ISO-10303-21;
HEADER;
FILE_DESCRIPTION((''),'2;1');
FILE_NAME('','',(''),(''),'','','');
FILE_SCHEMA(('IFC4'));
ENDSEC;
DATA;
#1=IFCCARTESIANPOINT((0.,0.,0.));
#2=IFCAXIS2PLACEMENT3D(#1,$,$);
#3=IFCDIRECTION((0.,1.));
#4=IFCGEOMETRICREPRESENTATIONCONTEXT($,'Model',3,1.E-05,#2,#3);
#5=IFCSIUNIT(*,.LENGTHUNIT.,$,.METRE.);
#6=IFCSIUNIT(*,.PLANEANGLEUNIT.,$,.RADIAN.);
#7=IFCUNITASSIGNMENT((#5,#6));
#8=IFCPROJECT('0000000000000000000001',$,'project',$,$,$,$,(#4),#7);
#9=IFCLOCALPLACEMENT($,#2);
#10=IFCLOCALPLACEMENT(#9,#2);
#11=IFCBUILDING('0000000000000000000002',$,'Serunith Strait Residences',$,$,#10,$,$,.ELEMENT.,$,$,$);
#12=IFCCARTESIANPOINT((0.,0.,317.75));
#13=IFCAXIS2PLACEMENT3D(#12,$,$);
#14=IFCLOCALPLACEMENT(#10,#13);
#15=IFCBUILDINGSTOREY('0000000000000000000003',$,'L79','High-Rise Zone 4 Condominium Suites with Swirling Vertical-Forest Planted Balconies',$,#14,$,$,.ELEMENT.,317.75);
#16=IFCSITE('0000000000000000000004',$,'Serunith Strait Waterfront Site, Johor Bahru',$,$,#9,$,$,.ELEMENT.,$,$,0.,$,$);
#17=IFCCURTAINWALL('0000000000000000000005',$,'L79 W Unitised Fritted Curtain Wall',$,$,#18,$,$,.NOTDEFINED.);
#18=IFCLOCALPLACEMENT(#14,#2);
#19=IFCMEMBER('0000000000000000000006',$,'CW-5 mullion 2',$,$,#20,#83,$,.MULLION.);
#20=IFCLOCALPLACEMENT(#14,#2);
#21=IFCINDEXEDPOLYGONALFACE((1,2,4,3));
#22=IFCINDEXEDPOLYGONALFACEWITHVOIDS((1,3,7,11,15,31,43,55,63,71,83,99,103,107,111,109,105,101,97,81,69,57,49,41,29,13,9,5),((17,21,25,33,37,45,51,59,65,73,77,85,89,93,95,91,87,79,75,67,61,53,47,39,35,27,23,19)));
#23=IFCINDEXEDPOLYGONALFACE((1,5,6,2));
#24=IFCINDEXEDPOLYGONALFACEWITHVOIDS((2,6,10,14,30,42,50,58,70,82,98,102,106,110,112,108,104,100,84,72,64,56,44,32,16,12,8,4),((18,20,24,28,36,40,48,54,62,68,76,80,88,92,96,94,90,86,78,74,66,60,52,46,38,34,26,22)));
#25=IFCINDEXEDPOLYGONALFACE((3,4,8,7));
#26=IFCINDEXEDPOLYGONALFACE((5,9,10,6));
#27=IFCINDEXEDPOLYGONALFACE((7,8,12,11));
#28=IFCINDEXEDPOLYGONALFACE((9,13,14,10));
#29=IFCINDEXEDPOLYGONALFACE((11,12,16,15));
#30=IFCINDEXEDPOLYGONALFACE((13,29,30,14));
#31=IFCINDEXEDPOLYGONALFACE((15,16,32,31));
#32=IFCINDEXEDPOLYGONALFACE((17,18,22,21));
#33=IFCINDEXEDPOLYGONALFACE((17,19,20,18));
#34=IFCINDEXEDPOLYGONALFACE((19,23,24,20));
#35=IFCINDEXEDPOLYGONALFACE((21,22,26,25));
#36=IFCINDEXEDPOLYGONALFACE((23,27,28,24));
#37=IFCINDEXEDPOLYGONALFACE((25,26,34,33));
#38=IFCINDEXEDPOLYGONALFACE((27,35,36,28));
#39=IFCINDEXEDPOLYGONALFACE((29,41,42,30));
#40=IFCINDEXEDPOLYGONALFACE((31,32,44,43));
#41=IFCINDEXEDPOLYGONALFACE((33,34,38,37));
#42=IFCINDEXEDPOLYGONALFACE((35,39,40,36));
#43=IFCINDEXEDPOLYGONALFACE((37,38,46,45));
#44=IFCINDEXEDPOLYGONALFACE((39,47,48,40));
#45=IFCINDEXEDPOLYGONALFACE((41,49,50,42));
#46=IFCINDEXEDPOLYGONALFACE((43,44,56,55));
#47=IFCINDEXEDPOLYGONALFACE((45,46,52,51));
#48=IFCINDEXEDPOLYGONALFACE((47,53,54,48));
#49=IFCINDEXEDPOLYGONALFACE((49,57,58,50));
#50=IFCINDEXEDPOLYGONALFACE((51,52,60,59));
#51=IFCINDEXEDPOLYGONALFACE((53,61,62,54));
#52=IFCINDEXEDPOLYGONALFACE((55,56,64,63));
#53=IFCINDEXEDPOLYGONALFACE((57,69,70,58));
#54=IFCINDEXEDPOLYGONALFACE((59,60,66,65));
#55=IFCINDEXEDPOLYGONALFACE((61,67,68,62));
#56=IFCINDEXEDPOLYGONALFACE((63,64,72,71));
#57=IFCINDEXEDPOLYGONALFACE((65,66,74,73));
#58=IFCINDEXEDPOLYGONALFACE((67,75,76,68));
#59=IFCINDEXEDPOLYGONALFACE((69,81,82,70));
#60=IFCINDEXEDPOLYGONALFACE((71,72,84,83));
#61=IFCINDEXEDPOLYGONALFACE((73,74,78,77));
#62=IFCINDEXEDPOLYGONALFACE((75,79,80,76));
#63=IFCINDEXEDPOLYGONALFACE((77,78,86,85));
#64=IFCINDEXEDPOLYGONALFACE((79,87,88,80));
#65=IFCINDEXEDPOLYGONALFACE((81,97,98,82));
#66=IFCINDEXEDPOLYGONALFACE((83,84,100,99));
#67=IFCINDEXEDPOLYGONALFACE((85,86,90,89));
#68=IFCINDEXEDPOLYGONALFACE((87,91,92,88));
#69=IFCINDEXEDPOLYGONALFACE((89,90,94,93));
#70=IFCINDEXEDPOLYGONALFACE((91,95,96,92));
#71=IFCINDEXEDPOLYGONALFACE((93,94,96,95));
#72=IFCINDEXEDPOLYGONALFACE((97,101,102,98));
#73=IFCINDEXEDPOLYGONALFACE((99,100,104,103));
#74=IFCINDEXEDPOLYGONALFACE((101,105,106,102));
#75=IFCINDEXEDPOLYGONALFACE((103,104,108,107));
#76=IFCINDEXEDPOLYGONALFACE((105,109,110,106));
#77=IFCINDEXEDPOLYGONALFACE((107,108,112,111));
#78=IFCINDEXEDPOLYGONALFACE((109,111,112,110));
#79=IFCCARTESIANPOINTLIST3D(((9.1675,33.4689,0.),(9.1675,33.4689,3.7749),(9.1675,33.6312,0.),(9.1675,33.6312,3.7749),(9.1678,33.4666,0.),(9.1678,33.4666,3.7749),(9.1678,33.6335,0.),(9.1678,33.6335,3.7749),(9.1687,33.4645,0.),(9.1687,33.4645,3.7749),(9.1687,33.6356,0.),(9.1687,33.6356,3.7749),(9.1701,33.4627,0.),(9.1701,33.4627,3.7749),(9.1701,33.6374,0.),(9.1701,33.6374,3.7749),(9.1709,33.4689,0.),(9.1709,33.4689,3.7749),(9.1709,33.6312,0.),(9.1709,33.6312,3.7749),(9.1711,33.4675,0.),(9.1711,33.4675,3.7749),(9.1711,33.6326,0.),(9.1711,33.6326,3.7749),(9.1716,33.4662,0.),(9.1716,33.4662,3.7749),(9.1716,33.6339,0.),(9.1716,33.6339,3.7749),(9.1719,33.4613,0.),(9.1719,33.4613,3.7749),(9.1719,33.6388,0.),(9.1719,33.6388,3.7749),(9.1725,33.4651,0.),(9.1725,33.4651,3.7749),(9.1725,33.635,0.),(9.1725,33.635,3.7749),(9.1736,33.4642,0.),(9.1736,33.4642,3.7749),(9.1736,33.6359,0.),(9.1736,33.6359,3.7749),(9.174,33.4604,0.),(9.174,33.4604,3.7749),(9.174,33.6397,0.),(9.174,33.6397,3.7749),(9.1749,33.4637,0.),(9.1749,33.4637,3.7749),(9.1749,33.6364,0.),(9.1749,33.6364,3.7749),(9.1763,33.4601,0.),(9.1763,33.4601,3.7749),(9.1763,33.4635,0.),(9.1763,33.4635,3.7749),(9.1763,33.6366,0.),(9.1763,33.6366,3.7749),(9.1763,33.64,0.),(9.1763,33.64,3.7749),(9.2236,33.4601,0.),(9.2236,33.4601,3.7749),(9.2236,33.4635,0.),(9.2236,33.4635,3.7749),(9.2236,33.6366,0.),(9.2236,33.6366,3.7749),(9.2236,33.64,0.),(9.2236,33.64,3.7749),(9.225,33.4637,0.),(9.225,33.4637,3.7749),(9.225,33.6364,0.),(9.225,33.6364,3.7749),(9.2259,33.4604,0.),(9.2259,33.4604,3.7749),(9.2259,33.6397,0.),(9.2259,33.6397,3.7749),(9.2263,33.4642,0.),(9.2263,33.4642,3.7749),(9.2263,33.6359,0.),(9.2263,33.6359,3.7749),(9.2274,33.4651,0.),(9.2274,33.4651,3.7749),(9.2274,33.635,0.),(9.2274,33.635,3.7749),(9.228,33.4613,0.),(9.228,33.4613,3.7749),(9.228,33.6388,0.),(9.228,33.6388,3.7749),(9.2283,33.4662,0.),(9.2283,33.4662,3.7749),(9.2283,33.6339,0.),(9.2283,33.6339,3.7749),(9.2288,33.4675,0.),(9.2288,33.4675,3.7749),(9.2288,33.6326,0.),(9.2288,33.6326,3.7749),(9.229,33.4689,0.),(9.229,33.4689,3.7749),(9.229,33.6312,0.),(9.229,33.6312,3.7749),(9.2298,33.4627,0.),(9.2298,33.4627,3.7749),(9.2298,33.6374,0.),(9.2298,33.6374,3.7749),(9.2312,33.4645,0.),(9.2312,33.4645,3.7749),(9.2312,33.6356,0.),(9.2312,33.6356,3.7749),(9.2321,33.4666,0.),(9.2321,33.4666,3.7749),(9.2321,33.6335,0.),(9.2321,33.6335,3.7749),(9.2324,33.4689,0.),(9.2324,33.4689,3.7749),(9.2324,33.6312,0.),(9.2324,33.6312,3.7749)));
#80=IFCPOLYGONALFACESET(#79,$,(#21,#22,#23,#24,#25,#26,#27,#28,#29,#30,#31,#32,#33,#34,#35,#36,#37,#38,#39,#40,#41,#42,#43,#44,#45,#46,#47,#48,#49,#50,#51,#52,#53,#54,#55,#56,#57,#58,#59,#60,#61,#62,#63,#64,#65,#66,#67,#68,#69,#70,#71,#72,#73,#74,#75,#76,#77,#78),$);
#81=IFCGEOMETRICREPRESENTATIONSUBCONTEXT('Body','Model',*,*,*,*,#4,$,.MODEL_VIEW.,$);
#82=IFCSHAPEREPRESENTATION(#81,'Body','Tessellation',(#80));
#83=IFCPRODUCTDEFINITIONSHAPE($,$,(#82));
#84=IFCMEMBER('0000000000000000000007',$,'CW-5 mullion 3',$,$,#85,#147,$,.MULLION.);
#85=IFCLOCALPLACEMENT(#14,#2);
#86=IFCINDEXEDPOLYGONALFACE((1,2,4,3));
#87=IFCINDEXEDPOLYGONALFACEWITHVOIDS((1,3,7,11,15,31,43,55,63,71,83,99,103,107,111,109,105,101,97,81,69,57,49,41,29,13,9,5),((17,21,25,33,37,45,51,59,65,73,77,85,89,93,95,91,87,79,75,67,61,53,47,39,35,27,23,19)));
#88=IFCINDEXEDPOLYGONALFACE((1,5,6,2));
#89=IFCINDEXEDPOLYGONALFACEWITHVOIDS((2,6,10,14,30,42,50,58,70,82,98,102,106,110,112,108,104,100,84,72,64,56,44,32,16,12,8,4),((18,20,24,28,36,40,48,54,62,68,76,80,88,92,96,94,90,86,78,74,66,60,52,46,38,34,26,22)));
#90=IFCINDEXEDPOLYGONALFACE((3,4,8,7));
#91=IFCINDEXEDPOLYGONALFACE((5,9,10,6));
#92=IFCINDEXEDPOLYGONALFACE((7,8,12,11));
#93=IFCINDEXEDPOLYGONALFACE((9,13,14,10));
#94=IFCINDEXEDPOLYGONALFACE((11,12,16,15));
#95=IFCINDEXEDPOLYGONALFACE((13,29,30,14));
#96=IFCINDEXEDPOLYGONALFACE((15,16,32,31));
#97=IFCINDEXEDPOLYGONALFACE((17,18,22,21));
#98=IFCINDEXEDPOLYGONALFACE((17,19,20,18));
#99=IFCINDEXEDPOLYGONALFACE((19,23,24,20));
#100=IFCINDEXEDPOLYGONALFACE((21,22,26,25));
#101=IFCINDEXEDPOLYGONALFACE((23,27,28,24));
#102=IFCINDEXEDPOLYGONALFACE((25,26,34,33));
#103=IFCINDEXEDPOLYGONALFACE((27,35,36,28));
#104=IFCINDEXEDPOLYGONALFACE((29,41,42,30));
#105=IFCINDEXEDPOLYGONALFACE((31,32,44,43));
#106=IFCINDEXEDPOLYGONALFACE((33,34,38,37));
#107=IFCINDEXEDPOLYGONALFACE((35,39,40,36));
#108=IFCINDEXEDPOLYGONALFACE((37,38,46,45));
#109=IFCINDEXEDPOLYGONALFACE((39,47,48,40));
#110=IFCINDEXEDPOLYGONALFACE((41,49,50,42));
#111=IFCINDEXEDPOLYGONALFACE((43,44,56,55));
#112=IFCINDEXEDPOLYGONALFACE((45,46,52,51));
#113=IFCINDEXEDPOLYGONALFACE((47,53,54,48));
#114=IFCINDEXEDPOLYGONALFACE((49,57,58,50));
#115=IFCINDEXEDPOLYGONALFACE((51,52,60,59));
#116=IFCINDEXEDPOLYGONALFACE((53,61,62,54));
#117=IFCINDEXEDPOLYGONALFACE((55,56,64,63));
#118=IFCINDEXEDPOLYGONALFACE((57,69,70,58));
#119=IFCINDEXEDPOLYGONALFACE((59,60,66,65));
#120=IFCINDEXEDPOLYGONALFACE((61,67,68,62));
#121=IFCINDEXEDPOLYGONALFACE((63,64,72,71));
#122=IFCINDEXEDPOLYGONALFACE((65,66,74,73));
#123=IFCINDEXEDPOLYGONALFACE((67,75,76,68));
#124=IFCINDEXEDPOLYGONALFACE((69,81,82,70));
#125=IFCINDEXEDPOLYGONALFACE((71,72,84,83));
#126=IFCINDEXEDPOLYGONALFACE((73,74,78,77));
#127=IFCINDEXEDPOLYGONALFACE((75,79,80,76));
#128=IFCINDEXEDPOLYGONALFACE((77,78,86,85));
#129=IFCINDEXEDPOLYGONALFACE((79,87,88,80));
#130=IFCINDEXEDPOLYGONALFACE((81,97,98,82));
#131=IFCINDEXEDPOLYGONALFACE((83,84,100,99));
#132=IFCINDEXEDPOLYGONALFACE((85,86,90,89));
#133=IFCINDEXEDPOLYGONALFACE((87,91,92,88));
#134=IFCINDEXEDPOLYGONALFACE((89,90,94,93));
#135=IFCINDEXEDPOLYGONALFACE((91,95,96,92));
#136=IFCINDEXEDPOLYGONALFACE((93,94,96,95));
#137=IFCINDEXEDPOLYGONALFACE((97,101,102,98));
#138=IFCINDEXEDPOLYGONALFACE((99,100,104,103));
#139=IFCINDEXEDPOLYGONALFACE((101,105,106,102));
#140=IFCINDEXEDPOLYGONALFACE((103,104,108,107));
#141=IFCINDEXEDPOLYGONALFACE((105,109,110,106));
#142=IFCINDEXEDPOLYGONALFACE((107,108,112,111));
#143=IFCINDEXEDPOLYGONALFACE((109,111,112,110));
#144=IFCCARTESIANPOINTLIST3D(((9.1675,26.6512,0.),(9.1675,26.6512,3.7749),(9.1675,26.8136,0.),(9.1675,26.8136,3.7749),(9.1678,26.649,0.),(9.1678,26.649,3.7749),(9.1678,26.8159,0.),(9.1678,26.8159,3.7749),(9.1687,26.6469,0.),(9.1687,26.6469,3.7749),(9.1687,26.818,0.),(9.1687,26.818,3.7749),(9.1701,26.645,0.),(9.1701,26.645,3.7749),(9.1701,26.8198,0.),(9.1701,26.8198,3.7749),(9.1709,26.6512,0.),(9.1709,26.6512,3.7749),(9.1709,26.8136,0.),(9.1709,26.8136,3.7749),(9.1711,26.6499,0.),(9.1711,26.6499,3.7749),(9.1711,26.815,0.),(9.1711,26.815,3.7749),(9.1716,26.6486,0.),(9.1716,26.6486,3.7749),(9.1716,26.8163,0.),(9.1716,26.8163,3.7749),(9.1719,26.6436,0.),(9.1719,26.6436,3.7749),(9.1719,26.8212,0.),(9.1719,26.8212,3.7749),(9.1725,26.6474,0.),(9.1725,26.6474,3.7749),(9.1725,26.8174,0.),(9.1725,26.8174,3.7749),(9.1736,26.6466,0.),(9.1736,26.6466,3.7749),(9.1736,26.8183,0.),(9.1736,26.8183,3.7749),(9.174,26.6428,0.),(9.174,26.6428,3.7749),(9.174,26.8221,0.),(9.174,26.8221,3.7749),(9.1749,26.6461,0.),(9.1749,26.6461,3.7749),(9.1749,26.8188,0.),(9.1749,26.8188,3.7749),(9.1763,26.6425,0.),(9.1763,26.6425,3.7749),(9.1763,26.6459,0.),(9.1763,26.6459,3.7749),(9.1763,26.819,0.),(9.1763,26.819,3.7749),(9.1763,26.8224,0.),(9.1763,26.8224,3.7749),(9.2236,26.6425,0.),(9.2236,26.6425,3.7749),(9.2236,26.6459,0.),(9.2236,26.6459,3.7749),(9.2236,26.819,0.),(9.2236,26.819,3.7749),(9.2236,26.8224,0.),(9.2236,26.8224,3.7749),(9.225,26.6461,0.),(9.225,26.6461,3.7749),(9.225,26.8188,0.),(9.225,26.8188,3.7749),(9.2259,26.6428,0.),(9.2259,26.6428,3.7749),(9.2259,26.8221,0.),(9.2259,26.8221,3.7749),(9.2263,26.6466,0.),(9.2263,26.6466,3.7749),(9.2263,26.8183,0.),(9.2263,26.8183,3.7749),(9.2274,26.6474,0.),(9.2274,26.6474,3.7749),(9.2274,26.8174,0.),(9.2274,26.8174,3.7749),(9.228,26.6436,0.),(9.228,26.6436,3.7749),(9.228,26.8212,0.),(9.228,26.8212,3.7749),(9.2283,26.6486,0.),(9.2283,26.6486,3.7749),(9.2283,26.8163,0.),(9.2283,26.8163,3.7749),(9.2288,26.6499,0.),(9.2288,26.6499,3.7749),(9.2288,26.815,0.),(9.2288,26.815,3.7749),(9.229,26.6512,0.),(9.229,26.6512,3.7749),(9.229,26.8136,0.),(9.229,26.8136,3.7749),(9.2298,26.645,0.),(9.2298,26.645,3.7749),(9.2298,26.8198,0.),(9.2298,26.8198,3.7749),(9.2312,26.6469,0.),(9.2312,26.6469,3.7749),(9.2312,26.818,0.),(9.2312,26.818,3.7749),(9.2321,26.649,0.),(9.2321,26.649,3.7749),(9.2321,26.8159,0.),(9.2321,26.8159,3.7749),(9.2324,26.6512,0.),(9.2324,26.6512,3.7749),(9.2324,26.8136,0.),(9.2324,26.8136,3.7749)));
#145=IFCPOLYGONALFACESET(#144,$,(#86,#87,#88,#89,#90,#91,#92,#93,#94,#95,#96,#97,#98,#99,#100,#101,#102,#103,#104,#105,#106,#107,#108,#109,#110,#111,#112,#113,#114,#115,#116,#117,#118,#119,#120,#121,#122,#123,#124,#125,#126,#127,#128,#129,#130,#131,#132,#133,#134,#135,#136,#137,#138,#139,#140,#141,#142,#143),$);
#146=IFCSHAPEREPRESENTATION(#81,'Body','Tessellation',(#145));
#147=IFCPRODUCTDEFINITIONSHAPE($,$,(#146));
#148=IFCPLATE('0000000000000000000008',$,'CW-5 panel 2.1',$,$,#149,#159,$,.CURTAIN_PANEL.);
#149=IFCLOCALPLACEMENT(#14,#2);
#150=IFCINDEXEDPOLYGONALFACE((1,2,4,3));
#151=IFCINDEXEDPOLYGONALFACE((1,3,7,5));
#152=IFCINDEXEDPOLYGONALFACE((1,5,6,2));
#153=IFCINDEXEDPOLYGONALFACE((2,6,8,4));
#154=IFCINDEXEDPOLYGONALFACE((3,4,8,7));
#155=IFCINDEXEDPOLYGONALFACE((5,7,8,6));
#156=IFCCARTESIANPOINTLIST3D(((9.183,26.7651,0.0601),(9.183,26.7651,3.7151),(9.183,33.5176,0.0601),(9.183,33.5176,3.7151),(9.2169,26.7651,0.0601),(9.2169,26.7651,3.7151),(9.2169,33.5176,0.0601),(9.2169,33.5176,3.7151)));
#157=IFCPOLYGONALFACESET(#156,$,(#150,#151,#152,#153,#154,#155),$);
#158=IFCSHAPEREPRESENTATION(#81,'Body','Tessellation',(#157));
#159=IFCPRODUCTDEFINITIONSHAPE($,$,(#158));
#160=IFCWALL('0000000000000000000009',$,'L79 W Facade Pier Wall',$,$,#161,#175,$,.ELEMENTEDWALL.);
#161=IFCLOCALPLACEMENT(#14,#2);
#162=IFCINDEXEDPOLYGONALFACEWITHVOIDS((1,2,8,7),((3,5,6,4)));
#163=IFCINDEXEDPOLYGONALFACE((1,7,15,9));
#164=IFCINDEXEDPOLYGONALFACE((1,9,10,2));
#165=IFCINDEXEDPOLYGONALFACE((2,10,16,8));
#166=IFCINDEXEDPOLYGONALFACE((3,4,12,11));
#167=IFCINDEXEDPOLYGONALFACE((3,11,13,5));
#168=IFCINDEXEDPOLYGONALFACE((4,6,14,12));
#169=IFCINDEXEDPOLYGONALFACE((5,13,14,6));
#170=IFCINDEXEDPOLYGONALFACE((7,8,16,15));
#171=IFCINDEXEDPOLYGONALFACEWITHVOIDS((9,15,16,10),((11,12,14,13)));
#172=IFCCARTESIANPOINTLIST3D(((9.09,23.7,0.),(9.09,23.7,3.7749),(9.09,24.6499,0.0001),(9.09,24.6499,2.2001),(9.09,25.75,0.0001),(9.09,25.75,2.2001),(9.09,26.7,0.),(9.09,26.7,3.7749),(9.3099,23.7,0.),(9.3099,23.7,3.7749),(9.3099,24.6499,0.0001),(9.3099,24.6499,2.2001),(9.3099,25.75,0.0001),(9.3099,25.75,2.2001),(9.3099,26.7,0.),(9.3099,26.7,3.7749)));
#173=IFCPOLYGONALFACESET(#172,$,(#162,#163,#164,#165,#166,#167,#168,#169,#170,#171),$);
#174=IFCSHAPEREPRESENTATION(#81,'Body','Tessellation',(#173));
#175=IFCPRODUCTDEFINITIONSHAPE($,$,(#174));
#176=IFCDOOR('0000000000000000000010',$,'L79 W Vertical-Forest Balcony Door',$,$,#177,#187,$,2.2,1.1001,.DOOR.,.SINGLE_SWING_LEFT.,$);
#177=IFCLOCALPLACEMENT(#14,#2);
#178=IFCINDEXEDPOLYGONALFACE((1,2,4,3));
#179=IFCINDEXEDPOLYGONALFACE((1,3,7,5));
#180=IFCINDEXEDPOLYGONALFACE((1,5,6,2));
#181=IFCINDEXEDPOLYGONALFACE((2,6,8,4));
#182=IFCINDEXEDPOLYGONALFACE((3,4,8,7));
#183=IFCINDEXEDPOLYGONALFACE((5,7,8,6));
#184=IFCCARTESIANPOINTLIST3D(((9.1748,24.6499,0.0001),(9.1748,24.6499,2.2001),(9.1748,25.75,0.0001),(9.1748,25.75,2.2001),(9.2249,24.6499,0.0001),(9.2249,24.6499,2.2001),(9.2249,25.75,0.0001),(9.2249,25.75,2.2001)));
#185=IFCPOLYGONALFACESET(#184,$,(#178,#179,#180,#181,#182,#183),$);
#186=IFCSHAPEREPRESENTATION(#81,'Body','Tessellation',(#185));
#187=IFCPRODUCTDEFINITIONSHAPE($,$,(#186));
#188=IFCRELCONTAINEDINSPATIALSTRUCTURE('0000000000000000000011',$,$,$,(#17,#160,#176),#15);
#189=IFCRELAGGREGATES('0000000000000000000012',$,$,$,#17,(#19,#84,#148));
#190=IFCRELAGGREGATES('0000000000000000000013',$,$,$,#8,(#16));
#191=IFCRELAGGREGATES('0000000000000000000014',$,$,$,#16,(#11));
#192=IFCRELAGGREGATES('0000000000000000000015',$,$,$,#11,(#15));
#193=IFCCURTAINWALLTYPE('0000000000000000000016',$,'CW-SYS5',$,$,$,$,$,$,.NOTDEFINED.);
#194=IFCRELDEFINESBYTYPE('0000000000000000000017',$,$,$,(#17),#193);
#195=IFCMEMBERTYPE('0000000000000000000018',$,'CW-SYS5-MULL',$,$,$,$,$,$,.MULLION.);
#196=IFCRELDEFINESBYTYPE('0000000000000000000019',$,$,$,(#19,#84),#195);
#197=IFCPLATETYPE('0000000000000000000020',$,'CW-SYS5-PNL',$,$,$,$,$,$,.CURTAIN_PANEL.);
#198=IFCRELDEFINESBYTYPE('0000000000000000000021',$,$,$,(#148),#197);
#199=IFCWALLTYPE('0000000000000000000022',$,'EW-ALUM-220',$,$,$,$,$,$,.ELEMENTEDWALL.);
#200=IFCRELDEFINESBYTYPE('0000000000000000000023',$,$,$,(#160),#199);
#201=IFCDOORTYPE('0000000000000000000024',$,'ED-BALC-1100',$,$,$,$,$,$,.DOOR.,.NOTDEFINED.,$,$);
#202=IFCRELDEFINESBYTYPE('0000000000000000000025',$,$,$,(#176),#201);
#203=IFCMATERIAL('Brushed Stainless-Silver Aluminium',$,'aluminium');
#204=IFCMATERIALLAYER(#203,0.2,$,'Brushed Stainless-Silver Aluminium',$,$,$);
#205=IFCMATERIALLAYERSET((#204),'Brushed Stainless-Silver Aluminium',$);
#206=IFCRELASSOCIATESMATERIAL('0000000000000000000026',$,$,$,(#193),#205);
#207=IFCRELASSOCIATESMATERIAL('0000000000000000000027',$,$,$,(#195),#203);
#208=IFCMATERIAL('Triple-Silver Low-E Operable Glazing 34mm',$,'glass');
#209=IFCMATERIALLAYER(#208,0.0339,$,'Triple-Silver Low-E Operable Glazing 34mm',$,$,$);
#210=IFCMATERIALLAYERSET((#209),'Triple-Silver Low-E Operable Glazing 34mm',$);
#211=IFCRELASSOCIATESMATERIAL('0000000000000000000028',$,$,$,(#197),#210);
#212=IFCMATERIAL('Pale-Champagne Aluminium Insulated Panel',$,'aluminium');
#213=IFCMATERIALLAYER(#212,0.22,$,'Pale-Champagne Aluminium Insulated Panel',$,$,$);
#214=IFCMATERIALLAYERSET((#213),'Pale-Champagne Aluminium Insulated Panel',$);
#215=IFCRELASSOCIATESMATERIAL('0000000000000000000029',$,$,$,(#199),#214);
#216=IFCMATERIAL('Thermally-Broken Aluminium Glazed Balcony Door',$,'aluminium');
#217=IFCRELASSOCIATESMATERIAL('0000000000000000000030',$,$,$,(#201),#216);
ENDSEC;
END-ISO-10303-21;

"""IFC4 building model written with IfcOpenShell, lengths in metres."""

from ifc_helpers import new_model, si_unit, direction, frame, frame_2d, origin, origin_2d, place, context, subcontext, project, spatial, rectangle, hollow_rectangle, extrude, source, transform, mapped, material, layer, layer_set, material_profile, profile_set, type_object, element, fill, aggregate, save


model = new_model("IFC4")

# Units and contexts
model_context = context("Model", 3, precision=1e-05, world=origin(), true_north=direction((0.0, 1.0)))
body_context = subcontext(model_context, "Body", "Model", "MODEL_VIEW")
ifc_project = project(units=[si_unit("LENGTHUNIT", "METRE"), si_unit("PLANEANGLEUNIT", "RADIAN")], contexts=[model_context])

# Site, building, storey
site_placement = place(None, origin())
site = spatial("IfcSite", under=ifc_project, at=site_placement, Name="Serunith Strait Waterfront Site, Johor Bahru", CompositionType="ELEMENT", RefElevation=0.0)
building_placement = place(site_placement, origin())
building = spatial("IfcBuilding", under=site, at=building_placement, Name="Serunith Strait Residences", CompositionType="ELEMENT")
storey_placement = place(building_placement, frame((0.0, 0.0, 317.75)))
storey = spatial("IfcBuildingStorey", under=building, at=storey_placement, Name="L79", Description="High-Rise Zone 4 Condominium Suites with Swirling Vertical-Forest Planted Balconies", CompositionType="ELEMENT", Elevation=317.75)

# Curtain wall, members, plate
ifc_material_1 = material(Name="Brushed Stainless-Silver Aluminium", Category="aluminium")
ifc_layer_1 = layer(ifc_material_1, 0.2, Name="Brushed Stainless-Silver Aluminium")
ifc_layer_set_1 = layer_set([ifc_layer_1], Name="Brushed Stainless-Silver Aluminium")
curtain_wall_type = type_object("IfcCurtainWallType", Name="CW-SYS5", PredefinedType="NOTDEFINED", material=ifc_layer_set_1)
curtain_wall_placement = place(storey_placement, origin())
curtain_wall = element("IfcCurtainWall", 1, at=curtain_wall_placement, inside=storey, type_object=curtain_wall_type, Name="L79 W Unitised Fritted Curtain Wall", PredefinedType="NOTDEFINED")
ifc_material_profile_1 = material_profile(ifc_material_1, hollow_rectangle(XDim=0.0649, YDim=0.1799, WallThickness=0.0034, InnerFilletRadius=0.0054, OuterFilletRadius=0.0088, at=origin_2d()), Name="ALU 180x65x3.5")
ifc_profile_set_1 = profile_set([ifc_material_profile_1], Name="Brushed Stainless-Silver Aluminium")
member_type_1 = type_object("IfcMemberType", Name="CW-SYS5-MULL", PredefinedType="MULLION", material=ifc_profile_set_1)
shared_shape_1 = source(origin(), body_context, "Body", "SweptSolid", [
    extrude(hollow_rectangle(XDim=0.0649, YDim=0.1799, WallThickness=0.0034, InnerFilletRadius=0.0054, OuterFilletRadius=0.0088, at=origin_2d()), origin(), (0.0, 0.0, 1.0), 3.7749),
])
member_1_placement = place(storey_placement, frame((9.2, 33.55, 0.0), z_axis=(0.0, 0.0, 1.0), x_axis=(1.0, 0.0, 0.0)))
member_1 = element("IfcMember", 2, at=member_1_placement, type_object=member_type_1, Name="CW-5 mullion 2", PredefinedType="MULLION", context=body_context, shape_type="MappedRepresentation", body=[
    mapped(shared_shape_1, transform((0.0, 0.0, 0.0), scale=1.0)),
])
member_2_placement = place(storey_placement, frame((9.2, 26.7324, 0.0), z_axis=(0.0, 0.0, 1.0), x_axis=(1.0, 0.0, 0.0)))
member_2 = element("IfcMember", 3, at=member_2_placement, type_object=member_type_1, Name="CW-5 mullion 3", PredefinedType="MULLION", context=body_context, shape_type="MappedRepresentation", body=[
    mapped(shared_shape_1, transform((0.0, 0.0, 0.0), scale=1.0)),
])
ifc_material_2 = material(Name="Triple-Silver Low-E Operable Glazing 34mm", Category="glass")
ifc_layer_2 = layer(ifc_material_2, 0.0339, Name="Triple-Silver Low-E Operable Glazing 34mm")
ifc_layer_set_2 = layer_set([ifc_layer_2], Name="Triple-Silver Low-E Operable Glazing 34mm")
plate_type = type_object("IfcPlateType", Name="CW-SYS5-PNL", PredefinedType="CURTAIN_PANEL", material=ifc_layer_set_2)
shared_shape_2 = source(origin(), body_context, "Body", "SweptSolid", [
    extrude(rectangle(XDim=6.7524, YDim=0.0339, at=origin_2d()), origin(), (0.0, 0.0, 1.0), 3.655),
])
plate_placement = place(storey_placement, frame((9.2, 30.1414, 0.0601), z_axis=(0.0, 0.0, 1.0), x_axis=(0.0, -1.0, 0.0)))
plate = element("IfcPlate", 4, at=plate_placement, type_object=plate_type, Name="CW-5 panel 2.1", PredefinedType="CURTAIN_PANEL", context=body_context, shape_type="MappedRepresentation", body=[
    mapped(shared_shape_2, transform((0.0, 0.0, 0.0), scale=1.0)),
])
aggregate(curtain_wall, [member_1, member_2, plate])

# Wall, opening, door
ifc_material_3 = material(Name="Pale-Champagne Aluminium Insulated Panel", Category="aluminium")
ifc_layer_3 = layer(ifc_material_3, 0.22, Name="Pale-Champagne Aluminium Insulated Panel")
ifc_layer_set_3 = layer_set([ifc_layer_3], Name="Pale-Champagne Aluminium Insulated Panel")
wall_type_1 = type_object("IfcWallType", Name="EW-ALUM-220", PredefinedType="ELEMENTEDWALL", material=ifc_layer_set_3)
wall_1_placement = place(storey_placement, frame((9.2, 26.7, 0.0), z_axis=(0.0, 0.0, 1.0), x_axis=(0.0, -1.0, 0.0)))
wall_1 = element("IfcWall", 5, at=wall_1_placement, inside=storey, type_object=wall_type_1, Name="L79 W Facade Pier Wall", PredefinedType="ELEMENTEDWALL", context=body_context, shape_type="SweptSolid", body=[
    extrude(rectangle(XDim=3.0, YDim=0.22, at=frame_2d((1.5, 0.0))), origin(), (0.0, 0.0, 1.0), 3.7749),
])
opening_1_placement = place(wall_1_placement, frame((0.95, 0.0, 0.0)))
opening_1 = element("IfcOpeningElement", 6, at=opening_1_placement, cuts=wall_1, PredefinedType="OPENING", context=body_context, shape_type="SweptSolid", body=[
    extrude(rectangle(XDim=1.1001, YDim=2.2, at=frame_2d((0.55, 1.1001))), frame((0.0, 0.1201, 0.0), z_axis=(0.0, -1.0, 0.0), x_axis=(1.0, 0.0, 0.0)), (0.0, 0.0, 1.0), 0.24),
])
ifc_material_4 = material(Name="Thermally-Broken Aluminium Glazed Balcony Door", Category="aluminium")
door_type_1 = type_object("IfcDoorType", Name="ED-BALC-1100", OperationType="NOTDEFINED", PredefinedType="DOOR", material=ifc_material_4)
shared_shape_3 = source(origin(), body_context, "Body", "SweptSolid", [
    extrude(rectangle(XDim=1.1001, YDim=2.2, at=frame_2d((0.55, 1.1001))), frame((0.0, 0.0249, 0.0), z_axis=(0.0, -1.0, 0.0), x_axis=(1.0, 0.0, 0.0)), (0.0, 0.0, 1.0), 0.05),
])
door_1_placement = place(opening_1_placement, origin())
door_1 = element("IfcDoor", 7, at=door_1_placement, inside=storey, type_object=door_type_1, Name="L79 W Vertical-Forest Balcony Door", OperationType="SINGLE_SWING_LEFT", OverallHeight=2.2, OverallWidth=1.1001, PredefinedType="DOOR", context=body_context, shape_type="MappedRepresentation", body=[
    mapped(shared_shape_3, transform((0.0, 0.0, 0.0), scale=1.0)),
])
fill(opening_1, door_1)

save(model, "model.ifc")
